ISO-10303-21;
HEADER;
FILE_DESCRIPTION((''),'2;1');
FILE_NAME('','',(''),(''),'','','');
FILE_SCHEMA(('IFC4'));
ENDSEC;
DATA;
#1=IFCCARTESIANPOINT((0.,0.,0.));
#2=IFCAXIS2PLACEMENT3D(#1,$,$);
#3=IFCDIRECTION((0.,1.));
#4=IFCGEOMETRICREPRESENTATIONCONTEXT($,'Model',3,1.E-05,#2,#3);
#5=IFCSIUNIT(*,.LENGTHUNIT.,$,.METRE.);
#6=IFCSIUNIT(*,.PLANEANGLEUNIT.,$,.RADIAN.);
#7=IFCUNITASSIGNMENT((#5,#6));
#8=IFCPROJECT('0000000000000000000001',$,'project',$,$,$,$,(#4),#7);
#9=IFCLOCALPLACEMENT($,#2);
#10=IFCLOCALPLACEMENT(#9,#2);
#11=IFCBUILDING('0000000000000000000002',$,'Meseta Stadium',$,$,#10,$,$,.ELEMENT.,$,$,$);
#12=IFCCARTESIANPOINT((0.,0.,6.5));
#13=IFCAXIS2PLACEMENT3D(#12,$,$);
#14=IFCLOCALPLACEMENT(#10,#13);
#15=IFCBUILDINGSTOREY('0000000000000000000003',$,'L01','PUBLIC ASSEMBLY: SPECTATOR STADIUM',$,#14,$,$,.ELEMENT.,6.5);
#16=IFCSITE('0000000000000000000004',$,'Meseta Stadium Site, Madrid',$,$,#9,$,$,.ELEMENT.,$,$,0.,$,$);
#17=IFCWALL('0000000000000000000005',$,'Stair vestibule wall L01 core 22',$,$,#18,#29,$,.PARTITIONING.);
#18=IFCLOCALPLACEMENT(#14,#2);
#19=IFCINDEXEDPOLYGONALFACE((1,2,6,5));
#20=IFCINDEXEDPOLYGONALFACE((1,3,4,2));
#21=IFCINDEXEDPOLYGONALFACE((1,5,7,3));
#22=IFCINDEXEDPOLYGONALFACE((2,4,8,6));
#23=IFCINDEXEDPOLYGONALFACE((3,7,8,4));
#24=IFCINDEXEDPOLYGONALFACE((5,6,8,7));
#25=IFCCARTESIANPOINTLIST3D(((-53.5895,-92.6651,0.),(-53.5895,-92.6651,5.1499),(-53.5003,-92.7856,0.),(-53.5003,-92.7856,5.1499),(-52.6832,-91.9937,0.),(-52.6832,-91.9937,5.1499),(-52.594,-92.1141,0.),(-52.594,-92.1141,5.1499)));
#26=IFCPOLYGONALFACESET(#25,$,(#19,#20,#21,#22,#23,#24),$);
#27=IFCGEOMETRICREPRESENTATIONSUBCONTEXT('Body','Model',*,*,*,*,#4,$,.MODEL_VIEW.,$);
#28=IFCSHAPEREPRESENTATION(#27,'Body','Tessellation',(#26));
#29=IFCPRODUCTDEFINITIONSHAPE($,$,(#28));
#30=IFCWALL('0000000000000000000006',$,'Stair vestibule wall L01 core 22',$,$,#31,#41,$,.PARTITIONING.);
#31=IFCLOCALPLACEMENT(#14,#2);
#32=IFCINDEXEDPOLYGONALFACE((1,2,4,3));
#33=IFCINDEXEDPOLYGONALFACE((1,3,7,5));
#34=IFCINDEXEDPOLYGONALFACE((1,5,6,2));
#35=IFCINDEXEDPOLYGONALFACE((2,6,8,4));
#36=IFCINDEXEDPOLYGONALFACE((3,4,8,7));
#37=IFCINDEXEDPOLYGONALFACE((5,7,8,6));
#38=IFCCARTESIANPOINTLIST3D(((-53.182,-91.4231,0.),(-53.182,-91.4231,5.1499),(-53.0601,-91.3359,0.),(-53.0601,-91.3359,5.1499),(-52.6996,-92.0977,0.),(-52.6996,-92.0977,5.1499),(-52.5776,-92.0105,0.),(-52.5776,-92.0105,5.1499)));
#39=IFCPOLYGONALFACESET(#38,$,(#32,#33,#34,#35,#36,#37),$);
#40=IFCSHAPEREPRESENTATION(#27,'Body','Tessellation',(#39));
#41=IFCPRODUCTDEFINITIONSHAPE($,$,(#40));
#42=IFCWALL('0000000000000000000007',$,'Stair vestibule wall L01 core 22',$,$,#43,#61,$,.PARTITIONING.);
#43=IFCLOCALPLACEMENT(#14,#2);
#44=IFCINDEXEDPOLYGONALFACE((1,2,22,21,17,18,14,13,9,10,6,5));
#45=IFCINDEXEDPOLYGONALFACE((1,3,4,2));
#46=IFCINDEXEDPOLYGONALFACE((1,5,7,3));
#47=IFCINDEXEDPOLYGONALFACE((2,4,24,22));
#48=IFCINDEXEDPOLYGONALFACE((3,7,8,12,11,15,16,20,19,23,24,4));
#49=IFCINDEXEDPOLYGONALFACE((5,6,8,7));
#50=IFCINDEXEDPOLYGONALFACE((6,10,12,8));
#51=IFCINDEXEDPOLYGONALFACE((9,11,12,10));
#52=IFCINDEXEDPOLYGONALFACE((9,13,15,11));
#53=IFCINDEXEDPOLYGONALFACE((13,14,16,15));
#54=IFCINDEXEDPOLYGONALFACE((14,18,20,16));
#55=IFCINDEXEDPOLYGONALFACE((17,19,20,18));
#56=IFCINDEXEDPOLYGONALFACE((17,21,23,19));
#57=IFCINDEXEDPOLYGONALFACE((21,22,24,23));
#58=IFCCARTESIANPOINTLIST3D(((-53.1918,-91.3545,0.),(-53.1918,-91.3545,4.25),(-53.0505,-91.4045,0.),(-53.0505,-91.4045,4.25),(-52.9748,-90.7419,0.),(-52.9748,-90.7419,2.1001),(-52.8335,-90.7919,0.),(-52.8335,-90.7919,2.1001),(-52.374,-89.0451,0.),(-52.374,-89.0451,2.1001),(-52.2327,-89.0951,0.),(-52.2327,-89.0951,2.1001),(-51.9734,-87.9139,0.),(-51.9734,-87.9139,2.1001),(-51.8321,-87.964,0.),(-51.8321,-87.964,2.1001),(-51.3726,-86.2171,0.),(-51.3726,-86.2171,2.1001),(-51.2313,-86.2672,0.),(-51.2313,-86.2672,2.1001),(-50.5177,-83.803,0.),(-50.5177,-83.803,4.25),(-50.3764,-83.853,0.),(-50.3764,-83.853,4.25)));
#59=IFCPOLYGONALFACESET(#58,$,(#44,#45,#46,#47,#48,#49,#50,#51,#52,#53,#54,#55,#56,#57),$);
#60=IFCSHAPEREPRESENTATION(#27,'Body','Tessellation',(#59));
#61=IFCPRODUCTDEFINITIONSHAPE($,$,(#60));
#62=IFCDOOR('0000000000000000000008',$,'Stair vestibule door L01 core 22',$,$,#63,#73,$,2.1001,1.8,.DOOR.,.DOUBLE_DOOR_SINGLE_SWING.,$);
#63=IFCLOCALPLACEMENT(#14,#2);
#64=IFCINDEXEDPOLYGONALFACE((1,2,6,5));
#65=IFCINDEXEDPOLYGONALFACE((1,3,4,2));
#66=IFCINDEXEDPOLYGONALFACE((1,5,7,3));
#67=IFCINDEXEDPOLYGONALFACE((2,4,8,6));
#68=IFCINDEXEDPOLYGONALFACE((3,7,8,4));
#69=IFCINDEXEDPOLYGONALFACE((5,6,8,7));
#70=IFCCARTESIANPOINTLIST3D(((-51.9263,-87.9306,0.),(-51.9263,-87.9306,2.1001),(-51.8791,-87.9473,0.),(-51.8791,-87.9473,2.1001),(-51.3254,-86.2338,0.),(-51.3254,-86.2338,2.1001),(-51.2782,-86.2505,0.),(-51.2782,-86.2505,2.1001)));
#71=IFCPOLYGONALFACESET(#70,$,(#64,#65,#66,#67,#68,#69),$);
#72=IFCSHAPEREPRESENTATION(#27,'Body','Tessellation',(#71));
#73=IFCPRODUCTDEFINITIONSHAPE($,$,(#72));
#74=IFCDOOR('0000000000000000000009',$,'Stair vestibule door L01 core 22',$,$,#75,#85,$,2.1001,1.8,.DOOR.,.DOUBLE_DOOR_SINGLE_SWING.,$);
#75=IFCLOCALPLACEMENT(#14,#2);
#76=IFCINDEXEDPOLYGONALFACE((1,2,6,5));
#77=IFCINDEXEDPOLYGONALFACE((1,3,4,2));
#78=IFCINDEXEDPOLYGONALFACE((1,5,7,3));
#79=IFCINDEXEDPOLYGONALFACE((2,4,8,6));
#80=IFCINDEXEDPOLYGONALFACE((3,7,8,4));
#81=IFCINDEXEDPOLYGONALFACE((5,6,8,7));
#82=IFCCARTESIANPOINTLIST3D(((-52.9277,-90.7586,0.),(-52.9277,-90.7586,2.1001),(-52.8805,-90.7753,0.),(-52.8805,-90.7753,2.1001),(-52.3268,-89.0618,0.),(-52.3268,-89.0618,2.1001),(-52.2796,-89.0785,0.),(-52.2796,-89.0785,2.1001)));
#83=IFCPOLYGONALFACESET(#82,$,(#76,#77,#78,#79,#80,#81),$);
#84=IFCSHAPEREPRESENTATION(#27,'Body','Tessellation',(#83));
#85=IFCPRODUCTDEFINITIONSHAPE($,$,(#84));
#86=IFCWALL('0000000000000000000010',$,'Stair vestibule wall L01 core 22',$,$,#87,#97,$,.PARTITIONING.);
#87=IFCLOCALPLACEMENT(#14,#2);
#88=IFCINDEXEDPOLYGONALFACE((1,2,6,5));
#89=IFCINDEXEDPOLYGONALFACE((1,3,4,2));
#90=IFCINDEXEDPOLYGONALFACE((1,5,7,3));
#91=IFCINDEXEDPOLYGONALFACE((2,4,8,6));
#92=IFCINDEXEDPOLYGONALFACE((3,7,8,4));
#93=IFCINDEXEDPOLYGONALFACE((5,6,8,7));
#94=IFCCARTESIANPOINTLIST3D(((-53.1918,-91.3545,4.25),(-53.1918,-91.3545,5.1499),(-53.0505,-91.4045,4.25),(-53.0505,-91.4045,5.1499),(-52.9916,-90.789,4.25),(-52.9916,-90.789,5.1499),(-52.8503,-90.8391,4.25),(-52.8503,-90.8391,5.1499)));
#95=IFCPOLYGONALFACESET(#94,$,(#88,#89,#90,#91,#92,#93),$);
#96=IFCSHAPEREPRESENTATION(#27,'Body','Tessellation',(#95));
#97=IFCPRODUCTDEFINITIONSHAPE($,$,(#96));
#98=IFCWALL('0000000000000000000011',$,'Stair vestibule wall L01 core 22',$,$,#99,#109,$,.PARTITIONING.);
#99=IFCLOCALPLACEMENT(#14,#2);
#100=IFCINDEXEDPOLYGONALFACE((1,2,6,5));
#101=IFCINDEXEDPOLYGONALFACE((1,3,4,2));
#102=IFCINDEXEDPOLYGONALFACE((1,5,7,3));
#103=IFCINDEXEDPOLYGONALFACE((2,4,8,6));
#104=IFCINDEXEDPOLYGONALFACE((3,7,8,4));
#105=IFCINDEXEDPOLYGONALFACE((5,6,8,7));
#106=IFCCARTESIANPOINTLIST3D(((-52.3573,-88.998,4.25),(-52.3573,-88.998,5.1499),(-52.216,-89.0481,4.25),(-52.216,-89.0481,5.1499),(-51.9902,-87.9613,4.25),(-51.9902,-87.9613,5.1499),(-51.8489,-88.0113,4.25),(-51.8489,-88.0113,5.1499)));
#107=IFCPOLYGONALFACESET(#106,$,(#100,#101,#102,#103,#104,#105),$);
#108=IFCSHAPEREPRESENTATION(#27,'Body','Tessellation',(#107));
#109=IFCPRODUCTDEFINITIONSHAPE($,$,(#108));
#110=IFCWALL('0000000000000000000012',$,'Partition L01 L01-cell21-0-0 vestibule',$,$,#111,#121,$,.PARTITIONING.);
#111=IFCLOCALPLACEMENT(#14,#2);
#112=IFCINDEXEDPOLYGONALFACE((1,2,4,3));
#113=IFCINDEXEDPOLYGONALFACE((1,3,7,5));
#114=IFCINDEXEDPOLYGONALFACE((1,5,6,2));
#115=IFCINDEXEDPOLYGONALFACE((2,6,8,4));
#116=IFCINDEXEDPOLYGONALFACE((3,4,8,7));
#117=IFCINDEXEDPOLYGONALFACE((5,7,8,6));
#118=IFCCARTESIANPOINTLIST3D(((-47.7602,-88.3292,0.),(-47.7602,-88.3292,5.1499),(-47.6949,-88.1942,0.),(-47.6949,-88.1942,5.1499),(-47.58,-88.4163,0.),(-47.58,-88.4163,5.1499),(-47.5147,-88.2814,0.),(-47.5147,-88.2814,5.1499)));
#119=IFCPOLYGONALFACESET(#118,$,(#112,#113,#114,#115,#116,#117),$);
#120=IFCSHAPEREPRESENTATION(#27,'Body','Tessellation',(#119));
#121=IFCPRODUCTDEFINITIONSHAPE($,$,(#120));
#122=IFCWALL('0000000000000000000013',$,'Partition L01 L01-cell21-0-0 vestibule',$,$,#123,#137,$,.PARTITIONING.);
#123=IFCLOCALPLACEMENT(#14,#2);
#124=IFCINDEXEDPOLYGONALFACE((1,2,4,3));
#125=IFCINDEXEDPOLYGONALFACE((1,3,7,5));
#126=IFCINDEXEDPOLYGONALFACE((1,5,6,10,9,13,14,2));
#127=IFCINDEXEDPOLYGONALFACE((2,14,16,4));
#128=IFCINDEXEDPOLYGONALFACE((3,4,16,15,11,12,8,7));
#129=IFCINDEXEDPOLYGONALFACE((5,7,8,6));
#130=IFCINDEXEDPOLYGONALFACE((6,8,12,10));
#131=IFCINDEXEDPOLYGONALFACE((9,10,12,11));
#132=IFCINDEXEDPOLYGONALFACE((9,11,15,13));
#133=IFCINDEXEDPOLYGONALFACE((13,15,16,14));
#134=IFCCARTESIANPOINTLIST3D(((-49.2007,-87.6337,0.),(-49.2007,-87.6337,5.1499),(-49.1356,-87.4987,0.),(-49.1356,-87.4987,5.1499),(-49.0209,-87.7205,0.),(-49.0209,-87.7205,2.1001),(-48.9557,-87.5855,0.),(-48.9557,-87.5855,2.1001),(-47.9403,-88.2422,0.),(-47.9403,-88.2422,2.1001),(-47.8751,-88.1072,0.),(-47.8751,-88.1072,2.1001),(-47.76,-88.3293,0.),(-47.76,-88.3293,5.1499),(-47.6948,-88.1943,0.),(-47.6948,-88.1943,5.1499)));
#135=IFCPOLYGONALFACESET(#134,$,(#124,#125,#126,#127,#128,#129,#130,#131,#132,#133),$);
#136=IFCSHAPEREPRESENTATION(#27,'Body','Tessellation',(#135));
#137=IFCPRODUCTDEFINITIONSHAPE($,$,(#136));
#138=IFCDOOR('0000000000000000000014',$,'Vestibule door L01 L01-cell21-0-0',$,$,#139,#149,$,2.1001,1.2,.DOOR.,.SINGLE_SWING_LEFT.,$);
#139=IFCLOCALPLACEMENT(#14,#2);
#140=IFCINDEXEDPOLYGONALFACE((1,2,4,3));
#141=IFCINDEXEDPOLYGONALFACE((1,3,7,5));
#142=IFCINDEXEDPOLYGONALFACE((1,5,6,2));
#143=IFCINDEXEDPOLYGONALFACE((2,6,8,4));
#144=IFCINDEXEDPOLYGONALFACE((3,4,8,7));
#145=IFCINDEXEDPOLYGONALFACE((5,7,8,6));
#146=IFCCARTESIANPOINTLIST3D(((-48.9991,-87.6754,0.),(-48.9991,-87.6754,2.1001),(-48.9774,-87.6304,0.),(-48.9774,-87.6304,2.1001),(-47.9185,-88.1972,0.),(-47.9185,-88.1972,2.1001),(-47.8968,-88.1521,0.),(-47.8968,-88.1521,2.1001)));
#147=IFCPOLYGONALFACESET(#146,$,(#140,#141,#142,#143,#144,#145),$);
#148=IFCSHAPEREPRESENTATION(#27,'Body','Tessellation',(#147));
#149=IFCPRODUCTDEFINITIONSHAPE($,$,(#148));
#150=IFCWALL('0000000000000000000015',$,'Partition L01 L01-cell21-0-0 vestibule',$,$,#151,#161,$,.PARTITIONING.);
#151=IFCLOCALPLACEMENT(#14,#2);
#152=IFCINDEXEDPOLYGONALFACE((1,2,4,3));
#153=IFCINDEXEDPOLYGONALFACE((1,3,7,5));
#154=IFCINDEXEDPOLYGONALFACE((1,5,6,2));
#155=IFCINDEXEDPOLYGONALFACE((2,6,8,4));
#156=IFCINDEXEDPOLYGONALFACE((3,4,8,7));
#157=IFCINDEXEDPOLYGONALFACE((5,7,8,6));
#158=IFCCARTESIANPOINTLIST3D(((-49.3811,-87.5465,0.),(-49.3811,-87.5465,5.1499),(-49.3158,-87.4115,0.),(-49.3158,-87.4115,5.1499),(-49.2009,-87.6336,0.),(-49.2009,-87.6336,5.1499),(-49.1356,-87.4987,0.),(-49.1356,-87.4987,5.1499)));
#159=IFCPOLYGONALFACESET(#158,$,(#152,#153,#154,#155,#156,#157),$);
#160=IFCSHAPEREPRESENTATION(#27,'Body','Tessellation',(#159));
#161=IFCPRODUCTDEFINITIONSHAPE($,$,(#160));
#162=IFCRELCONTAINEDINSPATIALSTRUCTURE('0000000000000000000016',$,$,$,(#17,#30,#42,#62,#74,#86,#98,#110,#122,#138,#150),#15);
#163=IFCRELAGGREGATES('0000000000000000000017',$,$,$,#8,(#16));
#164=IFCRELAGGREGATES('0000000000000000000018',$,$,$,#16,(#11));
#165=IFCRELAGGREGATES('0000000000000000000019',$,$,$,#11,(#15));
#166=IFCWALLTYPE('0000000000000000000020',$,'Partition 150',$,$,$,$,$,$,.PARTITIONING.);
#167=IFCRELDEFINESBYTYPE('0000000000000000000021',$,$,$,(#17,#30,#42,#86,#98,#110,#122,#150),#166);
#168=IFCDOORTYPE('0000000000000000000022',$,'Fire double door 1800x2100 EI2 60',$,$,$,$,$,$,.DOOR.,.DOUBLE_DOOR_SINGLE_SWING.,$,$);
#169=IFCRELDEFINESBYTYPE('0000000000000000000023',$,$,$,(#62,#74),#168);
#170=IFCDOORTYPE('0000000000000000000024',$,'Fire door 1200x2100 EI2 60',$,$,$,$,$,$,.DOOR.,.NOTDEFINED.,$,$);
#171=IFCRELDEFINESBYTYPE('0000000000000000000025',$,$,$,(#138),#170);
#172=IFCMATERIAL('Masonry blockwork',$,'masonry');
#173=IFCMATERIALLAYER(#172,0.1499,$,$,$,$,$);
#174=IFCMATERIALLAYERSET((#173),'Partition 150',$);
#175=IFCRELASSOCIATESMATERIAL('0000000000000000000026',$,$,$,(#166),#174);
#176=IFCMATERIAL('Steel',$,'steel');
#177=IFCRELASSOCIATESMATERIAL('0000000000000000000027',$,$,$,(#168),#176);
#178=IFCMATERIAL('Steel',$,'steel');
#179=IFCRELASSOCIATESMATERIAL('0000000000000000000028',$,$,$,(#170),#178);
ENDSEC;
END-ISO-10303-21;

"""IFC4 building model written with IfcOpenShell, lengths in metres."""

from ifc_helpers import new_model, si_unit, direction, frame, frame_2d, origin, place, context, subcontext, project, spatial, rectangle, extrude, material, layer, layer_set, type_object, element, fill, save


model = new_model("IFC4")

# Units and contexts
model_context = context("Model", 3, precision=1e-05, world=origin(), true_north=direction((0.0, 1.0)))
body_context = subcontext(model_context, "Body", "Model", "MODEL_VIEW")
ifc_project = project(units=[si_unit("LENGTHUNIT", "METRE"), si_unit("PLANEANGLEUNIT", "RADIAN")], contexts=[model_context])

# Site, building, storey
site_placement = place(None, origin())
site = spatial("IfcSite", under=ifc_project, at=site_placement, Name="Meseta Stadium Site, Madrid", CompositionType="ELEMENT", RefElevation=0.0)
building_placement = place(site_placement, origin())
building = spatial("IfcBuilding", under=site, at=building_placement, Name="Meseta Stadium", CompositionType="ELEMENT")
storey_placement = place(building_placement, frame((0.0, 0.0, 6.5)))
storey = spatial("IfcBuildingStorey", under=building, at=storey_placement, Name="L01", Description="PUBLIC ASSEMBLY: SPECTATOR STADIUM", CompositionType="ELEMENT", Elevation=6.5)

# Walls
ifc_material_1 = material(Name="Masonry blockwork", Category="masonry")
ifc_layer = layer(ifc_material_1, 0.1499)
ifc_layer_set = layer_set([ifc_layer], Name="Partition 150")
wall_type = type_object("IfcWallType", Name="Partition 150", PredefinedType="PARTITIONING", material=ifc_layer_set)
wall_1_placement = place(storey_placement, frame((-53.5449, -92.7253, 0.0), z_axis=(0.0, 0.0, 1.0), x_axis=(0.803519, 0.595279, 0.0)))
element("IfcWall", 1, at=wall_1_placement, inside=storey, type_object=wall_type, Name="Stair vestibule wall L01 core 22", PredefinedType="PARTITIONING", context=body_context, shape_type="SweptSolid", body=[
    extrude(rectangle(XDim=1.1279, YDim=0.1499, at=frame_2d((0.564, 0.0))), origin(), (0.0, 0.0, 1.0), 5.1499),
])
wall_2_placement = place(storey_placement, frame((-52.6387, -92.054, 0.0), z_axis=(0.0, 0.0, 1.0), x_axis=(-0.581712, 0.813395, 0.0)))
element("IfcWall", 2, at=wall_2_placement, inside=storey, type_object=wall_type, Name="Stair vestibule wall L01 core 22", PredefinedType="PARTITIONING", context=body_context, shape_type="SweptSolid", body=[
    extrude(rectangle(XDim=0.8293, YDim=0.1499, at=frame_2d((0.4146, 0.0))), origin(), (0.0, 0.0, 1.0), 5.1499),
])

# Wall, openings, doors
wall_3_placement = place(storey_placement, frame((-53.1211, -91.3794, 0.0), z_axis=(0.0, 0.0, 1.0), x_axis=(0.3338, 0.942644, 0.0)))
wall_3 = element("IfcWall", 3, at=wall_3_placement, inside=storey, type_object=wall_type, Name="Stair vestibule wall L01 core 22", PredefinedType="PARTITIONING", context=body_context, shape_type="SweptSolid", body=[
    extrude(rectangle(XDim=8.011, YDim=0.1499, at=frame_2d((4.0054, 0.0))), origin(), (0.0, 0.0, 1.0), 4.25),
])
opening_1_placement = place(wall_3_placement, frame((3.6499, 0.0, 0.0)))
opening_1 = element("IfcOpeningElement", 4, at=opening_1_placement, cuts=wall_3, PredefinedType="OPENING", context=body_context, shape_type="SweptSolid", body=[
    extrude(rectangle(XDim=1.8, YDim=2.1001, at=frame_2d((0.8999, 1.05))), frame((0.0, 0.085, 0.0), z_axis=(0.0, -1.0, 0.0), x_axis=(1.0, 0.0, 0.0)), (0.0, 0.0, 1.0), 0.1699),
])
opening_2_placement = place(wall_3_placement, frame((0.6499, 0.0, 0.0)))
opening_2 = element("IfcOpeningElement", 5, at=opening_2_placement, cuts=wall_3, PredefinedType="OPENING", context=body_context, shape_type="SweptSolid", body=[
    extrude(rectangle(XDim=1.8, YDim=2.1001, at=frame_2d((0.8999, 1.05))), frame((0.0, 0.085, 0.0), z_axis=(0.0, -1.0, 0.0), x_axis=(1.0, 0.0, 0.0)), (0.0, 0.0, 1.0), 0.1699),
])
ifc_material_2 = material(Name="Steel", Category="steel")
door_type_1 = type_object("IfcDoorType", Name="Fire double door 1800x2100 EI2 60", OperationType="DOUBLE_DOOR_SINGLE_SWING", PredefinedType="DOOR", material=ifc_material_2)
door_1_placement = place(opening_1_placement, origin())
door_1 = element("IfcDoor", 6, at=door_1_placement, inside=storey, type_object=door_type_1, Name="Stair vestibule door L01 core 22", OperationType="DOUBLE_DOOR_SINGLE_SWING", OverallHeight=2.1001, OverallWidth=1.8, PredefinedType="DOOR", context=body_context, shape_type="SweptSolid", body=[
    extrude(rectangle(XDim=1.8, YDim=2.1001, at=frame_2d((0.8999, 1.05))), frame((0.0, 0.0249, 0.0), z_axis=(0.0, -1.0, 0.0), x_axis=(1.0, 0.0, 0.0)), (0.0, 0.0, 1.0), 0.05),
])
fill(opening_1, door_1)
door_2_placement = place(opening_2_placement, origin())
door_2 = element("IfcDoor", 7, at=door_2_placement, inside=storey, type_object=door_type_1, Name="Stair vestibule door L01 core 22", OperationType="DOUBLE_DOOR_SINGLE_SWING", OverallHeight=2.1001, OverallWidth=1.8, PredefinedType="DOOR", context=body_context, shape_type="SweptSolid", body=[
    extrude(rectangle(XDim=1.8, YDim=2.1001, at=frame_2d((0.8999, 1.05))), frame((0.0, 0.0249, 0.0), z_axis=(0.0, -1.0, 0.0), x_axis=(1.0, 0.0, 0.0)), (0.0, 0.0, 1.0), 0.05),
])
fill(opening_2, door_2)

# Walls
wall_4_placement = place(storey_placement, frame((-53.1211, -91.3794, 4.25), z_axis=(0.0, 0.0, 1.0), x_axis=(0.333757, 0.942659, 0.0)))
element("IfcWall", 8, at=wall_4_placement, inside=storey, type_object=wall_type, Name="Stair vestibule wall L01 core 22", PredefinedType="PARTITIONING", context=body_context, shape_type="SweptSolid", body=[
    extrude(rectangle(XDim=0.5999, YDim=0.1499, at=frame_2d((0.2998, 0.0))), origin(), (0.0, 0.0, 1.0), 0.8999),
])
wall_5_placement = place(storey_placement, frame((-52.2866, -89.0229, 4.25), z_axis=(0.0, 0.0, 1.0), x_axis=(0.333818, 0.942637, 0.0)))
element("IfcWall", 9, at=wall_5_placement, inside=storey, type_object=wall_type, Name="Stair vestibule wall L01 core 22", PredefinedType="PARTITIONING", context=body_context, shape_type="SweptSolid", body=[
    extrude(rectangle(XDim=1.0999, YDim=0.1499, at=frame_2d((0.5498, 0.0))), origin(), (0.0, 0.0, 1.0), 0.8999),
])
wall_6_placement = place(storey_placement, frame((-47.5474, -88.3489, 0.0), z_axis=(0.0, 0.0, 1.0), x_axis=(-0.900206, 0.435465, 0.0)))
element("IfcWall", 10, at=wall_6_placement, inside=storey, type_object=wall_type, Name="Partition L01 L01-cell21-0-0 vestibule", PredefinedType="PARTITIONING", context=body_context, shape_type="SweptSolid", body=[
    extrude(rectangle(XDim=0.2002, YDim=0.1499, at=frame_2d((0.1001, 0.0))), origin(), (0.0, 0.0, 1.0), 5.1499),
])

# Wall, opening, door
wall_7_placement = place(storey_placement, frame((-47.7275, -88.2617, 0.0), z_axis=(0.0, 0.0, 1.0), x_axis=(-0.900537, 0.434779, 0.0)))
wall_7 = element("IfcWall", 11, at=wall_7_placement, inside=storey, type_object=wall_type, Name="Partition L01 L01-cell21-0-0 vestibule", PredefinedType="PARTITIONING", context=body_context, shape_type="SweptSolid", body=[
    extrude(rectangle(XDim=1.5999, YDim=0.1499, at=frame_2d((0.7998, 0.0))), origin(), (0.0, 0.0, 1.0), 5.1499),
])
opening_3_placement = place(wall_7_placement, frame((0.2, 0.0, 0.0)))
opening_3 = element("IfcOpeningElement", 12, at=opening_3_placement, cuts=wall_7, PredefinedType="OPENING", context=body_context, shape_type="SweptSolid", body=[
    extrude(rectangle(XDim=1.2, YDim=2.1001, at=frame_2d((0.6001, 1.05))), frame((0.0, 0.085, 0.0), z_axis=(0.0, -1.0, 0.0), x_axis=(1.0, 0.0, 0.0)), (0.0, 0.0, 1.0), 0.1699),
])
ifc_material_3 = material(Name="Steel", Category="steel")
door_type_2 = type_object("IfcDoorType", Name="Fire door 1200x2100 EI2 60", OperationType="NOTDEFINED", PredefinedType="DOOR", material=ifc_material_3)
door_3_placement = place(opening_3_placement, origin())
door_3 = element("IfcDoor", 13, at=door_3_placement, inside=storey, type_object=door_type_2, Name="Vestibule door L01 L01-cell21-0-0", OperationType="SINGLE_SWING_LEFT", OverallHeight=2.1001, OverallWidth=1.2, PredefinedType="DOOR", context=body_context, shape_type="SweptSolid", body=[
    extrude(rectangle(XDim=1.2, YDim=2.1001, at=frame_2d((0.6001, 1.05))), frame((0.0, 0.0249, 0.0), z_axis=(0.0, -1.0, 0.0), x_axis=(1.0, 0.0, 0.0)), (0.0, 0.0, 1.0), 0.05),
])
fill(opening_3, door_3)

# Wall
wall_8_placement = place(storey_placement, frame((-49.1682, -87.5662, 0.0), z_axis=(0.0, 0.0, 1.0), x_axis=(-0.900206, 0.435465, 0.0)))
element("IfcWall", 14, at=wall_8_placement, inside=storey, type_object=wall_type, Name="Partition L01 L01-cell21-0-0 vestibule", PredefinedType="PARTITIONING", context=body_context, shape_type="SweptSolid", body=[
    extrude(rectangle(XDim=0.2002, YDim=0.1499, at=frame_2d((0.1001, 0.0))), origin(), (0.0, 0.0, 1.0), 5.1499),
])

save(model, "model.ifc")
